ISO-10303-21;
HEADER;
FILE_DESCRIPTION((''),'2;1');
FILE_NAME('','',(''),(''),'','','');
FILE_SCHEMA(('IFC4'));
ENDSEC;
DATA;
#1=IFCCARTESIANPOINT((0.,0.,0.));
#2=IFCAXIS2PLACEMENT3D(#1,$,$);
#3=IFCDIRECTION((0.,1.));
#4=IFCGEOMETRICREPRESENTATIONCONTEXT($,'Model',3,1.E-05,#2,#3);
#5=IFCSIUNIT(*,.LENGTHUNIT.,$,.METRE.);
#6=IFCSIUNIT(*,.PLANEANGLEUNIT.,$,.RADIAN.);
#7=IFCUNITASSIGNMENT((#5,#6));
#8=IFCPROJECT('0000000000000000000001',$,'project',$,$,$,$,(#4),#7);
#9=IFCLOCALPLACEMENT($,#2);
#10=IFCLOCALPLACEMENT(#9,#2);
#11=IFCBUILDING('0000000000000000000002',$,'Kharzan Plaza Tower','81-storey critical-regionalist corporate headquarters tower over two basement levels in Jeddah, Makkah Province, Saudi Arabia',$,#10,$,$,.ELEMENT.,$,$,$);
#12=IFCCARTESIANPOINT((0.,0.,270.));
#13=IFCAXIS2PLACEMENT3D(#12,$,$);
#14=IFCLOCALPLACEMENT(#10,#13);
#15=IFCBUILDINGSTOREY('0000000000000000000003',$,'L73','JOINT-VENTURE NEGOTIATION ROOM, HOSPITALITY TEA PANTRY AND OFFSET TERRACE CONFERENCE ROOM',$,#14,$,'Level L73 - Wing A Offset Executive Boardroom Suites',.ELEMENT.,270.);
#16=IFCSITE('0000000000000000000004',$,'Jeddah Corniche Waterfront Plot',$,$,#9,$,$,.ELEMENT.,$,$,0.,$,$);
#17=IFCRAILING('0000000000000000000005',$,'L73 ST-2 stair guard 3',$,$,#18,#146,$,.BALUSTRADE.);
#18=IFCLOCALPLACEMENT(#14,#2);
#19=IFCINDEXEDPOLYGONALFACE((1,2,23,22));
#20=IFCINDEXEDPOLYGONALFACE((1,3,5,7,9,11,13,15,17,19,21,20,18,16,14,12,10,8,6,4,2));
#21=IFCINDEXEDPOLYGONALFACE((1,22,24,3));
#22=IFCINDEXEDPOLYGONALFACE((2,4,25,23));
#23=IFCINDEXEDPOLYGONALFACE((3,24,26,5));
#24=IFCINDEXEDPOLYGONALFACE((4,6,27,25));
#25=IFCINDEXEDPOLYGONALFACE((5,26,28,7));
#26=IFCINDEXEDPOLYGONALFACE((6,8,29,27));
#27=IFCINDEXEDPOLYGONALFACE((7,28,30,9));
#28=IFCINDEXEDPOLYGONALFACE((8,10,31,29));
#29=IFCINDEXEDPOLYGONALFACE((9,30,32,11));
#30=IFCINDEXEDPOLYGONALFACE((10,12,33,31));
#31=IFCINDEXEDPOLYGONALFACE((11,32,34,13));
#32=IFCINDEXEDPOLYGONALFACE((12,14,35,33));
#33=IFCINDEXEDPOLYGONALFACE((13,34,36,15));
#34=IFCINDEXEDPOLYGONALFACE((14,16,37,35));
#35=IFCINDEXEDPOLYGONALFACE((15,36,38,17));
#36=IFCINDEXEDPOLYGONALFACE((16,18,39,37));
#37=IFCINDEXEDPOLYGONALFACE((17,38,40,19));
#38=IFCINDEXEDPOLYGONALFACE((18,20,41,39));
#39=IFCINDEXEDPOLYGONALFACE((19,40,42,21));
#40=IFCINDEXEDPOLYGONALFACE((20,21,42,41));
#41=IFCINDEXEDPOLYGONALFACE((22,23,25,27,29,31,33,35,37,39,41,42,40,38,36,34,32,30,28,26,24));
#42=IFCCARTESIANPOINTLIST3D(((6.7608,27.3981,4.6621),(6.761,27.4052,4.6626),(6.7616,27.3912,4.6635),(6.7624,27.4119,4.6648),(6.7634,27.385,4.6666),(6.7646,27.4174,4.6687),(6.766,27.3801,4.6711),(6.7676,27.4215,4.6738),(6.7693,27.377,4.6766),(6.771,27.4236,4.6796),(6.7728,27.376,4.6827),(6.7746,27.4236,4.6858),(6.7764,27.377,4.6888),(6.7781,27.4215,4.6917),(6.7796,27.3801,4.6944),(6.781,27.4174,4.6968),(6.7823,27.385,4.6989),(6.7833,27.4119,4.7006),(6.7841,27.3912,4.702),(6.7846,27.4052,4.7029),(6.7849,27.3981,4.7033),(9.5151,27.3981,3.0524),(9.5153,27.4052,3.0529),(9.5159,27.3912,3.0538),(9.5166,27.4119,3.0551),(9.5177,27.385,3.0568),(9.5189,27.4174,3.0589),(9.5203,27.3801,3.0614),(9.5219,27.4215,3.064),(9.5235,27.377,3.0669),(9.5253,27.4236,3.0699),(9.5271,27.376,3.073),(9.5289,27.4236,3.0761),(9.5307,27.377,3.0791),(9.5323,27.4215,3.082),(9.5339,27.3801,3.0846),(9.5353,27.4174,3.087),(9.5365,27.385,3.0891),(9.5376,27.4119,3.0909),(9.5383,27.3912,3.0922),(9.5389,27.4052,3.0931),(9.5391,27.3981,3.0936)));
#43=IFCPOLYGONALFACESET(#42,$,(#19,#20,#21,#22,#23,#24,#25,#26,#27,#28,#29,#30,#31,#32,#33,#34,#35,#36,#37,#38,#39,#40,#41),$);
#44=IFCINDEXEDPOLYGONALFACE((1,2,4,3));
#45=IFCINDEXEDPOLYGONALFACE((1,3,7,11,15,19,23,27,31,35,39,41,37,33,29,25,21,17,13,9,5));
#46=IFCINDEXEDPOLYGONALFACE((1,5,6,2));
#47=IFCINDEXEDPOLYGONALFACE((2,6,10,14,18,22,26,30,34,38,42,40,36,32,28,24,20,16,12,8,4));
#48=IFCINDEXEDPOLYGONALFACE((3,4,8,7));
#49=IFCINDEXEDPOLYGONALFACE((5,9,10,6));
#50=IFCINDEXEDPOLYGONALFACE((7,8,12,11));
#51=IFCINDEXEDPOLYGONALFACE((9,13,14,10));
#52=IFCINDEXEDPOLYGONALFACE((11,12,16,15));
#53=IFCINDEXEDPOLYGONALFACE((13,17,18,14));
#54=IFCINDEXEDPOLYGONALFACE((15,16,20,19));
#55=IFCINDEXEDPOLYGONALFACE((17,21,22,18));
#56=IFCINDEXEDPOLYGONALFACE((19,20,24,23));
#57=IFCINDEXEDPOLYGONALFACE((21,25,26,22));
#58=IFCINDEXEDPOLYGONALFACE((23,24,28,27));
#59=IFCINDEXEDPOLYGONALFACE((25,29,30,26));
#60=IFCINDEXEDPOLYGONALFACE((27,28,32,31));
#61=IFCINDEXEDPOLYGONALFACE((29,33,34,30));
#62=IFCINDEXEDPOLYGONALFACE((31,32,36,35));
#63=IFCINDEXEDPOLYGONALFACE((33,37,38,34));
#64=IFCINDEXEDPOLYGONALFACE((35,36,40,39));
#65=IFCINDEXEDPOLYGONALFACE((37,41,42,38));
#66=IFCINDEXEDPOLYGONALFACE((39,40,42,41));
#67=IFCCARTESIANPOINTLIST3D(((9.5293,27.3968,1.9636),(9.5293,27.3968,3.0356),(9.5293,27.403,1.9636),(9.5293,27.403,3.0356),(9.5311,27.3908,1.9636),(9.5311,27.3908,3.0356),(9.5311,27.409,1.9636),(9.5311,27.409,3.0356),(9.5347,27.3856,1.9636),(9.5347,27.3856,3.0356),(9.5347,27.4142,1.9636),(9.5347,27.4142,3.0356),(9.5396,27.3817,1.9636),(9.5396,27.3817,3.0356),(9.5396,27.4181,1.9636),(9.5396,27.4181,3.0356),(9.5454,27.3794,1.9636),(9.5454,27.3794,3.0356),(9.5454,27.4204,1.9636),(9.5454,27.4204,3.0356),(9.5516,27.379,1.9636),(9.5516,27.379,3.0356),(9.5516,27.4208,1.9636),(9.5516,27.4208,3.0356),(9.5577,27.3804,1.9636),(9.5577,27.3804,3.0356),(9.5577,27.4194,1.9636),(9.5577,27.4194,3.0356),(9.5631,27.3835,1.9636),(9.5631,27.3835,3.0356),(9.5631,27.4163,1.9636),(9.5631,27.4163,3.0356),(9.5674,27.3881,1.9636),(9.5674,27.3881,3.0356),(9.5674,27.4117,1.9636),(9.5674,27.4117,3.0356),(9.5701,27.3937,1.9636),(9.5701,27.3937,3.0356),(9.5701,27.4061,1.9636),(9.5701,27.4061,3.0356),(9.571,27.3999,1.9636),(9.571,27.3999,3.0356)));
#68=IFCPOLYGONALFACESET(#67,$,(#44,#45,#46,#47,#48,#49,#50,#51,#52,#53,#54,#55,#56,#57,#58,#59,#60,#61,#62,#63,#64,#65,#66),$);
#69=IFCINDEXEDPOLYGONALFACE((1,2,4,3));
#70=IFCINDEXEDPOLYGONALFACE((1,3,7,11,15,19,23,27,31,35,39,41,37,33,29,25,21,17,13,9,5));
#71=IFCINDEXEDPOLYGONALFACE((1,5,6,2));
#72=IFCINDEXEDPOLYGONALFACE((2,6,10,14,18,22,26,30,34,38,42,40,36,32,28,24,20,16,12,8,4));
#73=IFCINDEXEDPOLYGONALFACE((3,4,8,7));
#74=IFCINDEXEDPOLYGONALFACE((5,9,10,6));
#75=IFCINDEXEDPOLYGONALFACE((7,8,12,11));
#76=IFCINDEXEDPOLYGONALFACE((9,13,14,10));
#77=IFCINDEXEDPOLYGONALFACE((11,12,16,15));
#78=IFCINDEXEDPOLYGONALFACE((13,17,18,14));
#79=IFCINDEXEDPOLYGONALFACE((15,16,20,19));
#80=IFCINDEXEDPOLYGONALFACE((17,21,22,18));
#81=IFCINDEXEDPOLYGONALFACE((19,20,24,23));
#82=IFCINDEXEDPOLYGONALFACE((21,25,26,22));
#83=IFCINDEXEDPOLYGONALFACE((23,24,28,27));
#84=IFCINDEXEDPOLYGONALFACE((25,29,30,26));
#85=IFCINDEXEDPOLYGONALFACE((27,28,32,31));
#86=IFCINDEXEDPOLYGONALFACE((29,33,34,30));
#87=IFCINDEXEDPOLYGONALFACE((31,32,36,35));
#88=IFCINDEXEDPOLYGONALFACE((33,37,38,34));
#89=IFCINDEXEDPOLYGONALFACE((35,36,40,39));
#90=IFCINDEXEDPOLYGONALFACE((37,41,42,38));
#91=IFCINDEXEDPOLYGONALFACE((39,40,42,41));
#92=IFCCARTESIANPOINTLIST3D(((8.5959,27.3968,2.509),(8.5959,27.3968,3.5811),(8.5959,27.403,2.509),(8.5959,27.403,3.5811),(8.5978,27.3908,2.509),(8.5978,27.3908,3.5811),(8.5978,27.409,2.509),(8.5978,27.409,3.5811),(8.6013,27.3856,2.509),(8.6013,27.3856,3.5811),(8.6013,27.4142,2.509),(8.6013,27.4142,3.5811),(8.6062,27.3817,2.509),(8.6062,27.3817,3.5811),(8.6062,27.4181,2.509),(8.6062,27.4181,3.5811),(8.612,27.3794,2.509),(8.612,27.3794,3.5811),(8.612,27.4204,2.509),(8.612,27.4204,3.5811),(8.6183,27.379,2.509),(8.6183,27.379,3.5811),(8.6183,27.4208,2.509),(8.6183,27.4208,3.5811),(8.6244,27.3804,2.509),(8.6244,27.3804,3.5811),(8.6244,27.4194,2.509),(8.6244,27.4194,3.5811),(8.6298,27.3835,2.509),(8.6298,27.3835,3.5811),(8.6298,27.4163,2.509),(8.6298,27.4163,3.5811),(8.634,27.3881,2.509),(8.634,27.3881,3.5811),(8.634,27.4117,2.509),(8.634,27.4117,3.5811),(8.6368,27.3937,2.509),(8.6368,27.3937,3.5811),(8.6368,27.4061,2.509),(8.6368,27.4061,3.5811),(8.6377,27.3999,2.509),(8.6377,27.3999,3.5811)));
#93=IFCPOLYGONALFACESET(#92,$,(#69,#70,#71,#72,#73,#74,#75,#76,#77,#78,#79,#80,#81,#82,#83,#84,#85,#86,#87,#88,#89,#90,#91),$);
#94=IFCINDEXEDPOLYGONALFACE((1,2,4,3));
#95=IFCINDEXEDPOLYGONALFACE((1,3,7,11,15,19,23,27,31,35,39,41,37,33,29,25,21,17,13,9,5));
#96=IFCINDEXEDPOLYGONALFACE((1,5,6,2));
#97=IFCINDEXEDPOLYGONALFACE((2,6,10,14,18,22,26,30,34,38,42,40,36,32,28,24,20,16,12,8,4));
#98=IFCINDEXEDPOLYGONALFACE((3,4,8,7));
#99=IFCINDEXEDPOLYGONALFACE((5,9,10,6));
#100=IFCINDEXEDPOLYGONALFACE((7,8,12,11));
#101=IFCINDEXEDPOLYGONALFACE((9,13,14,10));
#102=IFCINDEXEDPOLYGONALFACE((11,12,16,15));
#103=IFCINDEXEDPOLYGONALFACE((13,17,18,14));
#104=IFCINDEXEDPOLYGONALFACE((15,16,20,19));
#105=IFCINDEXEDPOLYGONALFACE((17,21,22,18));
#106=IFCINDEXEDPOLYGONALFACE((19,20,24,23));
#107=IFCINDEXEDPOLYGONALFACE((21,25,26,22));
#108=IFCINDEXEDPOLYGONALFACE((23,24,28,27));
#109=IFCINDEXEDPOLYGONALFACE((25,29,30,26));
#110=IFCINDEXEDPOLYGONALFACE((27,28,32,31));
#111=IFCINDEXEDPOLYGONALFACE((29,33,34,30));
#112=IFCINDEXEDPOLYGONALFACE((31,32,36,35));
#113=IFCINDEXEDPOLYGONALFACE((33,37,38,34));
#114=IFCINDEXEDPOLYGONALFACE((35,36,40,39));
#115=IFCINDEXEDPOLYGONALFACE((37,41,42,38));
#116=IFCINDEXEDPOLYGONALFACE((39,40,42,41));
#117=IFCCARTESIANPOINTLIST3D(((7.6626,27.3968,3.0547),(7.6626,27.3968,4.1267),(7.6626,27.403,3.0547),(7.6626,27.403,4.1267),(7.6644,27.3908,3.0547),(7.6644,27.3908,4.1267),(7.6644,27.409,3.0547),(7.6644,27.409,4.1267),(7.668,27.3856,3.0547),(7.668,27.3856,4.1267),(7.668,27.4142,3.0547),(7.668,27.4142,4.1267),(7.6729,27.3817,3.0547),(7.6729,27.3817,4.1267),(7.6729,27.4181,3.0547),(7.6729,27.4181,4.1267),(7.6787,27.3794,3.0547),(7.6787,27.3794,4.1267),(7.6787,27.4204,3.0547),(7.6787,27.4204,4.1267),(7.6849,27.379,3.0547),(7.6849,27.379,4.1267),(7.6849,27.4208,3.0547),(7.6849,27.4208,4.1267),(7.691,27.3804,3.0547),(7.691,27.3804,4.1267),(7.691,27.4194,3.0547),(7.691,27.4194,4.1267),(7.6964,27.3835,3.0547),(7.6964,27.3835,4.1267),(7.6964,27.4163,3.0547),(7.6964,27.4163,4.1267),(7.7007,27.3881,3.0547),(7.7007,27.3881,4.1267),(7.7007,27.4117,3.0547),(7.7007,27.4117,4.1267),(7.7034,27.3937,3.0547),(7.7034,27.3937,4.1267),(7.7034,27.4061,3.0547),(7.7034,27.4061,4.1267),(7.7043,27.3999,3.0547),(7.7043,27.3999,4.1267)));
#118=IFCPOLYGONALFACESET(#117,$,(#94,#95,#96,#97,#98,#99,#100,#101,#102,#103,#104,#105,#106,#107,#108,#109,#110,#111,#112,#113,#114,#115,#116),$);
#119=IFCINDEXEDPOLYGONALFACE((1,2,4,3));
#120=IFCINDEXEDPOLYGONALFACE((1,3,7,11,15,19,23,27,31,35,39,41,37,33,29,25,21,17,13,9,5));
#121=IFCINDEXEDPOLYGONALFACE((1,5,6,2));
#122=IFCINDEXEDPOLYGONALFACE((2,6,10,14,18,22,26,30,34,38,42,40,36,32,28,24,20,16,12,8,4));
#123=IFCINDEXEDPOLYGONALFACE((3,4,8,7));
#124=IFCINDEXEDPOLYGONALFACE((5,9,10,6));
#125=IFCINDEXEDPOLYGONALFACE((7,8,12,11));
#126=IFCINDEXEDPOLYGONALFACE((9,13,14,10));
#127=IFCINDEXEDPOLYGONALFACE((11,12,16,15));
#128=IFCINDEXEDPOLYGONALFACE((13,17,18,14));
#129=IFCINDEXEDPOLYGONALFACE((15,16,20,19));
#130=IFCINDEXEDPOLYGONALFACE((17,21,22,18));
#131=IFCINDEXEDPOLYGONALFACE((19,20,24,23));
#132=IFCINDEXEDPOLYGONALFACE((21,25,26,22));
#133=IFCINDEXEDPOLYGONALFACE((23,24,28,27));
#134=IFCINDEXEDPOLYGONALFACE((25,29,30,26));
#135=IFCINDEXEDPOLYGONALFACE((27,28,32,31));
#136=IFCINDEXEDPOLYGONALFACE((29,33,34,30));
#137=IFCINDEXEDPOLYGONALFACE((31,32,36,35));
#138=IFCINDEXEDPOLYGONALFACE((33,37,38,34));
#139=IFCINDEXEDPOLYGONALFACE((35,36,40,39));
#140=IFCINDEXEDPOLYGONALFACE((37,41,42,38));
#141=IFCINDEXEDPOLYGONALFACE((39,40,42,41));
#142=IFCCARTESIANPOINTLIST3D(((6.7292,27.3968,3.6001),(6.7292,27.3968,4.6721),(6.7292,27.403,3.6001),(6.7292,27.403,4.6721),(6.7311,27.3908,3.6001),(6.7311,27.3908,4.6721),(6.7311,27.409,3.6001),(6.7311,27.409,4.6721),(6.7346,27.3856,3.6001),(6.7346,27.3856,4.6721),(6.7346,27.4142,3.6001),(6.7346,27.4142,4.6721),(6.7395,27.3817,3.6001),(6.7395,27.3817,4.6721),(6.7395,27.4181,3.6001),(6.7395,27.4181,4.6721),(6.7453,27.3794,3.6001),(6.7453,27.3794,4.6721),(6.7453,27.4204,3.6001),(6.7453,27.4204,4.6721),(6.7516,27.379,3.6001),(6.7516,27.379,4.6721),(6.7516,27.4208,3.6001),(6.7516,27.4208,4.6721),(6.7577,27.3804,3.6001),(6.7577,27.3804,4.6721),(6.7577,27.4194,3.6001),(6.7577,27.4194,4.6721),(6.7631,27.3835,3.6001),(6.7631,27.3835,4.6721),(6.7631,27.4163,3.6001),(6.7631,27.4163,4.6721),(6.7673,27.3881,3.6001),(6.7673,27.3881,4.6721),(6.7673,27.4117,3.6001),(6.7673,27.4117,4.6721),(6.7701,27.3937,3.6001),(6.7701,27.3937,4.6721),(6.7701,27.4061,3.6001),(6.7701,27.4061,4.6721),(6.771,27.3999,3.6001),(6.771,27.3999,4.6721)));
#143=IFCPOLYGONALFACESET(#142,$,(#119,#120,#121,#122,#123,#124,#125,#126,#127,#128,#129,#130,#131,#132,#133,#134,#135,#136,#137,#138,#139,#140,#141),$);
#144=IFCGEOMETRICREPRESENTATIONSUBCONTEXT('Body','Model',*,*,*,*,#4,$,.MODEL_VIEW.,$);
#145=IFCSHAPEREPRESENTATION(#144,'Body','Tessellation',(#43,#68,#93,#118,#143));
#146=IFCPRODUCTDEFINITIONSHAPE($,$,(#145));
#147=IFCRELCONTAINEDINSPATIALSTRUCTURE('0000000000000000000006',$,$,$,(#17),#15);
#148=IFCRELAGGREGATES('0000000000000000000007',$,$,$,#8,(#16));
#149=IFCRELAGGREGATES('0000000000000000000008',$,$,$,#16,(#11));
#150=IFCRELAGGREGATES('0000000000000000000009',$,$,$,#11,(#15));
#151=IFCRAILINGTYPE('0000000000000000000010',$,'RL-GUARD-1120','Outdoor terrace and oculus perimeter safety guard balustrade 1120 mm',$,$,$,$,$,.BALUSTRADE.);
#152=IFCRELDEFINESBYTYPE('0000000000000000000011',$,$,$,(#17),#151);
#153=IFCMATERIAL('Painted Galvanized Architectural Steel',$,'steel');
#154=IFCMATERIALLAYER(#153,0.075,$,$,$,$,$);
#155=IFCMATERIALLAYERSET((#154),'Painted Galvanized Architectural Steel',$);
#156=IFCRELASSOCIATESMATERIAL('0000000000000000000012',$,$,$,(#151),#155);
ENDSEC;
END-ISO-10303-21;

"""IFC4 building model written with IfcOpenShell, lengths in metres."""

from ifc_helpers import new_model, si_unit, direction, frame, origin, origin_2d, place, context, subcontext, project, spatial, circle, extrude, source, transform, mapped, material, layer, layer_set, type_object, element, save


model = new_model("IFC4")

# Units and contexts
model_context = context("Model", 3, precision=1e-05, world=origin(), true_north=direction((0.0, 1.0)))
body_context = subcontext(model_context, "Body", "Model", "MODEL_VIEW")
ifc_project = project(units=[si_unit("LENGTHUNIT", "METRE"), si_unit("PLANEANGLEUNIT", "RADIAN")], contexts=[model_context])

# Site, building, storey
site_placement = place(None, origin())
site = spatial("IfcSite", under=ifc_project, at=site_placement, Name="Jeddah Corniche Waterfront Plot", CompositionType="ELEMENT", RefElevation=0.0)
building_placement = place(site_placement, origin())
building = spatial("IfcBuilding", under=site, at=building_placement, Name="Kharzan Plaza Tower", Description="81-storey critical-regionalist corporate headquarters tower over two basement levels in Jeddah, Makkah Province, Saudi Arabia", CompositionType="ELEMENT")
storey_placement = place(building_placement, frame((0.0, 0.0, 270.0)))
storey = spatial("IfcBuildingStorey", under=building, at=storey_placement, Name="L73", Description="JOINT-VENTURE NEGOTIATION ROOM, HOSPITALITY TEA PANTRY AND OFFSET TERRACE CONFERENCE ROOM", LongName="Level L73 - Wing A Offset Executive Boardroom Suites", CompositionType="ELEMENT", Elevation=270.0)

# Railing
ifc_material_1 = material(Name="Painted Galvanized Architectural Steel", Category="steel")
ifc_layer_1 = layer(ifc_material_1, 0.075)
ifc_layer_set_1 = layer_set([ifc_layer_1], Name="Painted Galvanized Architectural Steel")
railing_type = type_object("IfcRailingType", Name="RL-GUARD-1120", Description="Outdoor terrace and oculus perimeter safety guard balustrade 1120 mm", PredefinedType="BALUSTRADE", material=ifc_layer_set_1)
shared_shape_1 = source(origin(), body_context, "Body", "SweptSolid", [
    extrude(circle(Radius=0.0239, at=origin_2d()), frame((-0.0229, 0.0, 1.1094), z_axis=(-0.863361, 0.0, 0.504587), x_axis=(0.0, -1.0, 0.0)), (0.0, 0.0, 1.0), 3.1902),
    extrude(circle(Radius=0.021, at=origin_2d()), origin(), (0.0, 0.0, 1.0), 1.072),
    extrude(circle(Radius=0.021, at=origin_2d()), frame((-0.9333, 0.0, 0.5454)), (0.0, 0.0, 1.0), 1.072),
    extrude(circle(Radius=0.021, at=origin_2d()), frame((-1.8667, 0.0, 1.0911)), (0.0, 0.0, 1.0), 1.072),
    extrude(circle(Radius=0.021, at=origin_2d()), frame((-2.8, 0.0, 1.6365)), (0.0, 0.0, 1.0), 1.072),
])
railing_placement = place(storey_placement, frame((9.55, 27.3999, 1.9636)))
element("IfcRailing", 1, at=railing_placement, inside=storey, type_object=railing_type, Name="L73 ST-2 stair guard 3", PredefinedType="BALUSTRADE", context=body_context, shape_type="MappedRepresentation", body=[
    mapped(shared_shape_1, transform((0.0, 0.0, 0.0), x_axis=(1.0, 0.0, 0.0), y_axis=(0.0, 1.0, 0.0), z_axis=(0.0, 0.0, 1.0))),
])

save(model, "model.ifc")
